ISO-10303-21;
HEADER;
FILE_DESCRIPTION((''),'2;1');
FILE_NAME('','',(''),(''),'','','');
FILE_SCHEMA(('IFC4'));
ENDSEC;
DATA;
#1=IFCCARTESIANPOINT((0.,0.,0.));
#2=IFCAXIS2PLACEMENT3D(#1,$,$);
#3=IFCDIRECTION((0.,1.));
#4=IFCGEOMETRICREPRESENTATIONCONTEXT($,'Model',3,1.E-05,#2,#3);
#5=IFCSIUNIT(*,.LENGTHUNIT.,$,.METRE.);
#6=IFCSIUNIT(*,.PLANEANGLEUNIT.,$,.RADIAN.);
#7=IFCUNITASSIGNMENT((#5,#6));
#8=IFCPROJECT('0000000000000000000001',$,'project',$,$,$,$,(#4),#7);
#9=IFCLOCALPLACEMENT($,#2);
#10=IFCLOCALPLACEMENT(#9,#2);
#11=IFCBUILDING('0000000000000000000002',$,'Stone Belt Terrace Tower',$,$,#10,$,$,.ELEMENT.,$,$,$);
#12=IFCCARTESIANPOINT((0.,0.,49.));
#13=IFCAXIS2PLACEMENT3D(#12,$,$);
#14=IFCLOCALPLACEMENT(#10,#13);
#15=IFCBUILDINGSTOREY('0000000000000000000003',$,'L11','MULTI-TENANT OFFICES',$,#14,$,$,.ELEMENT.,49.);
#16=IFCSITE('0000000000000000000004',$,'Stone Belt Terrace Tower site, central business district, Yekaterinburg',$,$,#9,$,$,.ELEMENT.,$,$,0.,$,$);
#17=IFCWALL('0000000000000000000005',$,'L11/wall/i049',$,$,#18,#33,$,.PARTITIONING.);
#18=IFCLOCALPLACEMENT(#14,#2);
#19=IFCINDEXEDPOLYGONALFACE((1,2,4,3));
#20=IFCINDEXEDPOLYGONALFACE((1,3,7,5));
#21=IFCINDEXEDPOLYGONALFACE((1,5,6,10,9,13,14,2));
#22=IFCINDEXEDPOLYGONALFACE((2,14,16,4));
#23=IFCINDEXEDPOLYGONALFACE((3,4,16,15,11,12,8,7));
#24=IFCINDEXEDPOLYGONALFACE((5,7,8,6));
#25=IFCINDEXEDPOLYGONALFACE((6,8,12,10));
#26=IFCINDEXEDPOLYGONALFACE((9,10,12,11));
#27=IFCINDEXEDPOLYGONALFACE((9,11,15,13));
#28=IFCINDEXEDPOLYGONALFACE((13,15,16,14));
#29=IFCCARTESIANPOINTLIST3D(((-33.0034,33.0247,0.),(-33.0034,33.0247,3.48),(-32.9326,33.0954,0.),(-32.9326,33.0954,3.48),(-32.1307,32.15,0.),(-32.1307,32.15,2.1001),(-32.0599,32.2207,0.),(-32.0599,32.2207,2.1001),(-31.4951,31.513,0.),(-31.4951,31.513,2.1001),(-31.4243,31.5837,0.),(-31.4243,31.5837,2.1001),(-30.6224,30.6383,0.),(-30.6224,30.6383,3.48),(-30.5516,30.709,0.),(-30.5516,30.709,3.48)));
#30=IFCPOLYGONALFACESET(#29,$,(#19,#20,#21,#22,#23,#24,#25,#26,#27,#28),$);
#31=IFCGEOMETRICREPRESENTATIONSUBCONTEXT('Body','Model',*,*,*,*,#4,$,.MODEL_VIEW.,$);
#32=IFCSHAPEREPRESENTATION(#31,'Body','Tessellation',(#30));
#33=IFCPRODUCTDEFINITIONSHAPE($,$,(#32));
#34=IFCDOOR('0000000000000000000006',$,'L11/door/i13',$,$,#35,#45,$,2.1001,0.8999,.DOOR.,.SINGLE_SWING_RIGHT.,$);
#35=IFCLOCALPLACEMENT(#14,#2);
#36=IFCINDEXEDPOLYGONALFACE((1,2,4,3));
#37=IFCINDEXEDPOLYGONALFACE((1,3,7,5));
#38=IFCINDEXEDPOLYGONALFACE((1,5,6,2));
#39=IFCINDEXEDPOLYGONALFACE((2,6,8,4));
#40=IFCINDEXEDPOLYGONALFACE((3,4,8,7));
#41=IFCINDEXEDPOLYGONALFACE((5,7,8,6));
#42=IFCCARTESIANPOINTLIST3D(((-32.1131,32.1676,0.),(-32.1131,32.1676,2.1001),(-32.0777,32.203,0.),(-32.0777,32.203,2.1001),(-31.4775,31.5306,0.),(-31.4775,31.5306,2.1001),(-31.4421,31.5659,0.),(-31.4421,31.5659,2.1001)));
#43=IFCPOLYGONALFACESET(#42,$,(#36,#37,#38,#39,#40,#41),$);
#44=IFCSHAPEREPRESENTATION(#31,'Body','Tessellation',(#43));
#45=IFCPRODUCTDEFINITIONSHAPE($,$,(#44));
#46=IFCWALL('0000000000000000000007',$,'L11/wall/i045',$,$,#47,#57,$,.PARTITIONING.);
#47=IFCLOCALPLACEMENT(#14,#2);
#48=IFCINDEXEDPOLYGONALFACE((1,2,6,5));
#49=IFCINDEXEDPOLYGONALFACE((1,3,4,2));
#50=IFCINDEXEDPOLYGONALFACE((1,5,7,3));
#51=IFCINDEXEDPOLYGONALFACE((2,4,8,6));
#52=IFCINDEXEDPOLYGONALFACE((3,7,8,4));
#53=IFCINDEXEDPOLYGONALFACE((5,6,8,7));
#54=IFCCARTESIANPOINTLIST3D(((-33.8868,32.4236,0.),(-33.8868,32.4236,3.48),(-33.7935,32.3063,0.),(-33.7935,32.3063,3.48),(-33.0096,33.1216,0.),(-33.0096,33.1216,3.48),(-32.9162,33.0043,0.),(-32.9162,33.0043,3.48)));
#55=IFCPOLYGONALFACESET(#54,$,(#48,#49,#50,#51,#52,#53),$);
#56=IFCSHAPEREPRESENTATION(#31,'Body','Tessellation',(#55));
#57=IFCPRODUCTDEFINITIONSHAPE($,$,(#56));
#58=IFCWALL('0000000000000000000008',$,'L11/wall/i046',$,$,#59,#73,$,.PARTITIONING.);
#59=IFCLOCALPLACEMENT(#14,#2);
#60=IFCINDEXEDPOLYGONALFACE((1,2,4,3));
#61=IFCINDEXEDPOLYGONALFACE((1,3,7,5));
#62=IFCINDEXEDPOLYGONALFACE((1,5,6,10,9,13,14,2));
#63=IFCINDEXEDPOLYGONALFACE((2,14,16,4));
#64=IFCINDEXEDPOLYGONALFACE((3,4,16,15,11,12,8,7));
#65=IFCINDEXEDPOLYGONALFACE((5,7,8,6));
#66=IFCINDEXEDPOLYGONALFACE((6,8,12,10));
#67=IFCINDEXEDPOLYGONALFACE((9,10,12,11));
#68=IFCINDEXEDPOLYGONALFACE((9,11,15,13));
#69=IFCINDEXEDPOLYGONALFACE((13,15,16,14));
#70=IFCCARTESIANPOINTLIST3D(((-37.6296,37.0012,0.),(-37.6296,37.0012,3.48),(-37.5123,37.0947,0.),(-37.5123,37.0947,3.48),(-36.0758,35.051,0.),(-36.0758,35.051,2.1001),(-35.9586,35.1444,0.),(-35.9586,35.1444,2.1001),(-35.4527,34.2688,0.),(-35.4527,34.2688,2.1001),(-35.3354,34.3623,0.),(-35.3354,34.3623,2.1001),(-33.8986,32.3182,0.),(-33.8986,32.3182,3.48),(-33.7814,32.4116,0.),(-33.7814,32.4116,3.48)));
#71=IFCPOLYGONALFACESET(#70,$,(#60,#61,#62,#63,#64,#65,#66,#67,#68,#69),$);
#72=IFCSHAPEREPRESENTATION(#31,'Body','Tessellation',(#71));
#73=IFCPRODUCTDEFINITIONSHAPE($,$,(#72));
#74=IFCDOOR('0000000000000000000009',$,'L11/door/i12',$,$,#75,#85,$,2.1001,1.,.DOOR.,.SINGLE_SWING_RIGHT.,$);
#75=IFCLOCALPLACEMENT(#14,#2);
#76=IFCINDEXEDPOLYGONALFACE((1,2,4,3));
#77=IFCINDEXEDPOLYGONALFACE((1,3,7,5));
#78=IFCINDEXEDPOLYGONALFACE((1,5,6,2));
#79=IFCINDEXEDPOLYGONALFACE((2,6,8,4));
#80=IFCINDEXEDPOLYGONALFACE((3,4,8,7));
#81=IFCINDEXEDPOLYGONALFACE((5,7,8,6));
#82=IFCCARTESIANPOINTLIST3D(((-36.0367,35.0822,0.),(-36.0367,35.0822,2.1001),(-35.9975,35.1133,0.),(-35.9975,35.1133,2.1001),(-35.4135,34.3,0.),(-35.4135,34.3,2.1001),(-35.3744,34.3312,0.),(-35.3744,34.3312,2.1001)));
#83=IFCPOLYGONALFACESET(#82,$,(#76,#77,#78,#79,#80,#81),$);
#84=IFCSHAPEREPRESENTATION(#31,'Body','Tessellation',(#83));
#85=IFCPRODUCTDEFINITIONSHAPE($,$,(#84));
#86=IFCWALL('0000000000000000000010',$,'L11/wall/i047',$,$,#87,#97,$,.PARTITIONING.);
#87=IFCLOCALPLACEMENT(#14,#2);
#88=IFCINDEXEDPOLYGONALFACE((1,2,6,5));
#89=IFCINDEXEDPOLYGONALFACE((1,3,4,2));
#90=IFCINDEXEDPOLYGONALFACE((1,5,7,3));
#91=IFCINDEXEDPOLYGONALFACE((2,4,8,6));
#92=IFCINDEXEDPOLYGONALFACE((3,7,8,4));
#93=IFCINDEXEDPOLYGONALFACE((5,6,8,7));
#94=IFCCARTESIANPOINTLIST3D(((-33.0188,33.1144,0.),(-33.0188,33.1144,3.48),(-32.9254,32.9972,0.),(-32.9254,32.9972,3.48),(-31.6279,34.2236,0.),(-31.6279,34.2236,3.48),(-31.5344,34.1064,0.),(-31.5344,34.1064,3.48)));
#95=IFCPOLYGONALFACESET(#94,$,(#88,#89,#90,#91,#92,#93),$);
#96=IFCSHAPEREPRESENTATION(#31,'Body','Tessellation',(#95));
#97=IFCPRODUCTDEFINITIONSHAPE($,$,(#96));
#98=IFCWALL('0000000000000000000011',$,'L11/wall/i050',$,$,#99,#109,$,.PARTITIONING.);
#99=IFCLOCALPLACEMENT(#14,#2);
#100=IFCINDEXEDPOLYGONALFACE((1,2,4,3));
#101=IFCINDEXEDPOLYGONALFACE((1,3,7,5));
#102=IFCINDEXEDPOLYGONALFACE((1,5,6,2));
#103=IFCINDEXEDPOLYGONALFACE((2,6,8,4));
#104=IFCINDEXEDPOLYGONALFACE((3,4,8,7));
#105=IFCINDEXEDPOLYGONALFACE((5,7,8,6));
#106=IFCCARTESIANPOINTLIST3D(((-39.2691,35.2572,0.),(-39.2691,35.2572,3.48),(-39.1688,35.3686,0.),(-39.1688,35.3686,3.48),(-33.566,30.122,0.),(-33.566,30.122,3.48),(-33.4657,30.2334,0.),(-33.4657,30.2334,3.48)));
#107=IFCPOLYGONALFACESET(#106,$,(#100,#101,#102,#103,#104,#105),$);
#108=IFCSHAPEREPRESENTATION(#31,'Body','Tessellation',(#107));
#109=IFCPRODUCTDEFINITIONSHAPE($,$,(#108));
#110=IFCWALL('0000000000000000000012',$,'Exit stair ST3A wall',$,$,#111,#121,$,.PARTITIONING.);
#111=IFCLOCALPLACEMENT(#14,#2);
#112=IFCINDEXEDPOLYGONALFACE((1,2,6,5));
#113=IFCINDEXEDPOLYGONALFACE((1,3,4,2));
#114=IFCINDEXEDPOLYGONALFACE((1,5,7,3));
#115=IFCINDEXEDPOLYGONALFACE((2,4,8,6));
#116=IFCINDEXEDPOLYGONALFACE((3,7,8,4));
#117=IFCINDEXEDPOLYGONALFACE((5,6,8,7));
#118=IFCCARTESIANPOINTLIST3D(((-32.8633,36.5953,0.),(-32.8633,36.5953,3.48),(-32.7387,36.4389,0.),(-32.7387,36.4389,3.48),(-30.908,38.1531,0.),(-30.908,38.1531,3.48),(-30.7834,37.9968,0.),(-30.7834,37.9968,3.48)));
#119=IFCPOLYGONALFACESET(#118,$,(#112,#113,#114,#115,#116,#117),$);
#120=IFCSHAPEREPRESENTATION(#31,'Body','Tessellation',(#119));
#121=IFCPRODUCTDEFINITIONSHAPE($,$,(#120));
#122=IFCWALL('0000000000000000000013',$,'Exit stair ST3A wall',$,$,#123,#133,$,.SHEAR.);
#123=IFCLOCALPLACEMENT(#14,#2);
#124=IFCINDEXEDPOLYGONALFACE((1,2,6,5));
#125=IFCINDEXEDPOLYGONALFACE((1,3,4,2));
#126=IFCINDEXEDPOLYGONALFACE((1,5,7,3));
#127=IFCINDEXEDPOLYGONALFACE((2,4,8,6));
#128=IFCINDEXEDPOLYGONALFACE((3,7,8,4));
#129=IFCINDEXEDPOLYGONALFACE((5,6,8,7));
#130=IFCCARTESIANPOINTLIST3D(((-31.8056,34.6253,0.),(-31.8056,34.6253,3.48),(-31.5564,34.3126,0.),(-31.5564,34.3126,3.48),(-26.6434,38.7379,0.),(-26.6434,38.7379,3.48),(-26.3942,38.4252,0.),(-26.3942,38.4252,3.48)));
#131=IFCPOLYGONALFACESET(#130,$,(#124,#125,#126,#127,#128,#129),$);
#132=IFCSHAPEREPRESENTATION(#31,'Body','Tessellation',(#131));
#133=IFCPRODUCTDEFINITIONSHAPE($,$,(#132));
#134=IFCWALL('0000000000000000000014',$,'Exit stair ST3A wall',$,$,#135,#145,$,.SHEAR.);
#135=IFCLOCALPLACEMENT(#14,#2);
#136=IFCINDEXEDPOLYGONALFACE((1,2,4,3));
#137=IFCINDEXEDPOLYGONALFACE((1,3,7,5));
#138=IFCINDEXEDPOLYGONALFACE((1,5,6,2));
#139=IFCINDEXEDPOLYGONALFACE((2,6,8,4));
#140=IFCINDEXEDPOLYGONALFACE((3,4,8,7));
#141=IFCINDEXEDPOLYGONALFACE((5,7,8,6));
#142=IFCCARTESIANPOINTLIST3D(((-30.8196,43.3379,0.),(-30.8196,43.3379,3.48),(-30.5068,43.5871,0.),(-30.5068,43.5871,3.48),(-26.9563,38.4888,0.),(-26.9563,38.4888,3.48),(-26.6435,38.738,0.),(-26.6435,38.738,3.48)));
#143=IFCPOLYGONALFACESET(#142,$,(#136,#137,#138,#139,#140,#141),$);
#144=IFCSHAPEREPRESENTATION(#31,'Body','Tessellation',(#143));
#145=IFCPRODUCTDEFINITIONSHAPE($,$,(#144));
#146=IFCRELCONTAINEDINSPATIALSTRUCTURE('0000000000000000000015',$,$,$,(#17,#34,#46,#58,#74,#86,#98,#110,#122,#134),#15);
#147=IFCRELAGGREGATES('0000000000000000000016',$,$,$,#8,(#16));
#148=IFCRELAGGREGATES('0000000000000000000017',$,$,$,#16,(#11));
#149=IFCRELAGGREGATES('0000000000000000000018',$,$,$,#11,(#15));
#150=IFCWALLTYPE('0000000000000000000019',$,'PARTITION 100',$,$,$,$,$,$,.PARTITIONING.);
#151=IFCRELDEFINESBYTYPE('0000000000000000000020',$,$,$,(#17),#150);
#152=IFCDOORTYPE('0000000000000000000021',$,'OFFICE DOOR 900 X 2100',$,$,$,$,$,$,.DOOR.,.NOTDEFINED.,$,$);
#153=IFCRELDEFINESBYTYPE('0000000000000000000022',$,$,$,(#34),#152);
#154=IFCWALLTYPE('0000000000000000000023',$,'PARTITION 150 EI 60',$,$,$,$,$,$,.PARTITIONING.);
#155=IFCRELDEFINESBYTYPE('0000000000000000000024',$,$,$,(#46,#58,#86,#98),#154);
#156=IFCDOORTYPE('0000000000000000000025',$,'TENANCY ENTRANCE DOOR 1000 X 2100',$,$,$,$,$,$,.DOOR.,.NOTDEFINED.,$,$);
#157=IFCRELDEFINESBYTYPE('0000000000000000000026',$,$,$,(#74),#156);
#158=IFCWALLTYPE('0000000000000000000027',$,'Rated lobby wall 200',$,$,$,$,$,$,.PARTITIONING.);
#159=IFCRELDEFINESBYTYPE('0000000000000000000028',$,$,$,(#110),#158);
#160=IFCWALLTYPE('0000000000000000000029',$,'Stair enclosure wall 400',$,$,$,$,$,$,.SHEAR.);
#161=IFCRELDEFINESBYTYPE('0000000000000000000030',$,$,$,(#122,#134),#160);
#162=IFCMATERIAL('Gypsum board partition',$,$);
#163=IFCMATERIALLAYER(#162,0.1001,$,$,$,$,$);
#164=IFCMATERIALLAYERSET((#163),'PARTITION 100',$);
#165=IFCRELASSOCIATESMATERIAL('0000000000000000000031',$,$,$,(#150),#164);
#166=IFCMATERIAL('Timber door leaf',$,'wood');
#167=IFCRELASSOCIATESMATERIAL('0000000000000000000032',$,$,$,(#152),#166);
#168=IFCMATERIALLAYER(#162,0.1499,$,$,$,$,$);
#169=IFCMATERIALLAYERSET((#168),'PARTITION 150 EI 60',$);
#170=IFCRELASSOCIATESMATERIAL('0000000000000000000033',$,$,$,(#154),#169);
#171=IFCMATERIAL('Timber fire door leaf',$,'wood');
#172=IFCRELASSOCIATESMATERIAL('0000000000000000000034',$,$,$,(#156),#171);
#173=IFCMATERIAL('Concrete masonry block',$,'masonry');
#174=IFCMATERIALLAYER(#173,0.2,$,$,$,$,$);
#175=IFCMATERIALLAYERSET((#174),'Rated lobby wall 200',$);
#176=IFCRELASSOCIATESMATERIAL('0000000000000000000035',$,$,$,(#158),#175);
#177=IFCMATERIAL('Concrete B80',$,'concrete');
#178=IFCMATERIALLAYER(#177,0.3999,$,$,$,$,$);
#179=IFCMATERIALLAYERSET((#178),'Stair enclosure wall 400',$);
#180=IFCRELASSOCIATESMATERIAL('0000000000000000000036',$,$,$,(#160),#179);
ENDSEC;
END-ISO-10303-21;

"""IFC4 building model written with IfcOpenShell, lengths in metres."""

from ifc_helpers import new_model, si_unit, direction, frame, frame_2d, origin, place, context, subcontext, project, spatial, rectangle, extrude, material, layer, layer_set, type_object, element, fill, save


model = new_model("IFC4")

# Units and contexts
model_context = context("Model", 3, precision=1e-05, world=origin(), true_north=direction((0.0, 1.0)))
body_context = subcontext(model_context, "Body", "Model", "MODEL_VIEW")
ifc_project = project(units=[si_unit("LENGTHUNIT", "METRE"), si_unit("PLANEANGLEUNIT", "RADIAN")], contexts=[model_context])

# Site, building, storey
site_placement = place(None, origin())
site = spatial("IfcSite", under=ifc_project, at=site_placement, Name="Stone Belt Terrace Tower site, central business district, Yekaterinburg", CompositionType="ELEMENT", RefElevation=0.0)
building_placement = place(site_placement, origin())
building = spatial("IfcBuilding", under=site, at=building_placement, Name="Stone Belt Terrace Tower", CompositionType="ELEMENT")
storey_placement = place(building_placement, frame((0.0, 0.0, 49.0)))
storey = spatial("IfcBuildingStorey", under=building, at=storey_placement, Name="L11", Description="MULTI-TENANT OFFICES", CompositionType="ELEMENT", Elevation=49.0)

# Shared definitions
ifc_material_1 = material(Name="Concrete B80", Category="concrete")

# Wall, opening, door
ifc_material_2 = material(Name="Gypsum board partition")
ifc_layer_1 = layer(ifc_material_2, 0.1001)
ifc_layer_set_1 = layer_set([ifc_layer_1], Name="PARTITION 100")
wall_type_1 = type_object("IfcWallType", Name="PARTITION 100", PredefinedType="PARTITIONING", material=ifc_layer_set_1)
wall_1_placement = place(storey_placement, frame((-32.968, 33.0601, 0.0), z_axis=(0.0, 0.0, 1.0), x_axis=(0.70631, -0.707903, 0.0)))
wall_1 = element("IfcWall", 1, at=wall_1_placement, inside=storey, type_object=wall_type_1, Name="L11/wall/i049", PredefinedType="PARTITIONING", context=body_context, shape_type="SweptSolid", body=[
    extrude(rectangle(XDim=3.3711, YDim=0.1001, at=frame_2d((1.6855, 0.0))), origin(), (0.0, 0.0, 1.0), 3.48),
])
opening_1_placement = place(wall_1_placement, frame((1.2356, 0.0, 0.0)))
opening_1 = element("IfcOpeningElement", 2, at=opening_1_placement, cuts=wall_1, PredefinedType="OPENING", context=body_context, shape_type="SweptSolid", body=[
    extrude(rectangle(XDim=0.8999, YDim=2.1001, at=frame_2d((0.45, 1.05))), frame((0.0, 0.0601, 0.0), z_axis=(0.0, -1.0, 0.0), x_axis=(1.0, 0.0, 0.0)), (0.0, 0.0, 1.0), 0.1201),
])
ifc_material_3 = material(Name="Timber door leaf", Category="wood")
door_type_1 = type_object("IfcDoorType", Name="OFFICE DOOR 900 X 2100", OperationType="NOTDEFINED", PredefinedType="DOOR", material=ifc_material_3)
door_1_placement = place(opening_1_placement, origin())
door_1 = element("IfcDoor", 3, at=door_1_placement, inside=storey, type_object=door_type_1, Name="L11/door/i13", OperationType="SINGLE_SWING_RIGHT", OverallHeight=2.1001, OverallWidth=0.8999, PredefinedType="DOOR", context=body_context, shape_type="SweptSolid", body=[
    extrude(rectangle(XDim=0.8999, YDim=2.1001, at=frame_2d((0.45, 1.05))), frame((0.0, 0.0249, 0.0), z_axis=(0.0, -1.0, 0.0), x_axis=(1.0, 0.0, 0.0)), (0.0, 0.0, 1.0), 0.05),
])
fill(opening_1, door_1)

# Wall
ifc_layer_2 = layer(ifc_material_2, 0.1499)
ifc_layer_set_2 = layer_set([ifc_layer_2], Name="PARTITION 150 EI 60")
wall_type_2 = type_object("IfcWallType", Name="PARTITION 150 EI 60", PredefinedType="PARTITIONING", material=ifc_layer_set_2)
wall_2_placement = place(storey_placement, frame((-32.9629, 33.063, 0.0), z_axis=(0.0, 0.0, 1.0), x_axis=(-0.782502, -0.622648, 0.0)))
element("IfcWall", 4, at=wall_2_placement, inside=storey, type_object=wall_type_2, Name="L11/wall/i045", PredefinedType="PARTITIONING", context=body_context, shape_type="SweptSolid", body=[
    extrude(rectangle(XDim=1.1211, YDim=0.1499, at=frame_2d((0.5605, 0.0))), origin(), (0.0, 0.0, 1.0), 3.48),
])

# Wall, opening, door
wall_3_placement = place(storey_placement, frame((-33.8401, 32.365, 0.0), z_axis=(0.0, 0.0, 1.0), x_axis=(-0.623113, 0.782132, 0.0)))
wall_3 = element("IfcWall", 5, at=wall_3_placement, inside=storey, type_object=wall_type_2, Name="L11/wall/i046", PredefinedType="PARTITIONING", context=body_context, shape_type="SweptSolid", body=[
    extrude(rectangle(XDim=5.9875, YDim=0.1499, at=frame_2d((2.9937, 0.0))), origin(), (0.0, 0.0, 1.0), 3.48),
])
opening_2_placement = place(wall_3_placement, frame((2.4939, 0.0, 0.0)))
opening_2 = element("IfcOpeningElement", 6, at=opening_2_placement, cuts=wall_3, PredefinedType="OPENING", context=body_context, shape_type="SweptSolid", body=[
    extrude(rectangle(XDim=1.0, YDim=2.1001, at=frame_2d((0.5, 1.05))), frame((0.0, 0.085, 0.0), z_axis=(0.0, -1.0, 0.0), x_axis=(1.0, 0.0, 0.0)), (0.0, 0.0, 1.0), 0.1699),
])
ifc_material_4 = material(Name="Timber fire door leaf", Category="wood")
door_type_2 = type_object("IfcDoorType", Name="TENANCY ENTRANCE DOOR 1000 X 2100", OperationType="NOTDEFINED", PredefinedType="DOOR", material=ifc_material_4)
door_2_placement = place(opening_2_placement, origin())
door_2 = element("IfcDoor", 7, at=door_2_placement, inside=storey, type_object=door_type_2, Name="L11/door/i12", OperationType="SINGLE_SWING_RIGHT", OverallHeight=2.1001, OverallWidth=1.0, PredefinedType="DOOR", context=body_context, shape_type="SweptSolid", body=[
    extrude(rectangle(XDim=1.0, YDim=2.1001, at=frame_2d((0.5, 1.05))), frame((0.0, 0.0249, 0.0), z_axis=(0.0, -1.0, 0.0), x_axis=(1.0, 0.0, 0.0)), (0.0, 0.0, 1.0), 0.05),
])
fill(opening_2, door_2)

# Walls
wall_4_placement = place(storey_placement, frame((-31.5811, 34.165, 0.0), z_axis=(0.0, 0.0, 1.0), x_axis=(-0.781845, -0.623473, 0.0)))
element("IfcWall", 8, at=wall_4_placement, inside=storey, type_object=wall_type_2, Name="L11/wall/i047", PredefinedType="PARTITIONING", context=body_context, shape_type="SweptSolid", body=[
    extrude(rectangle(XDim=1.7791, YDim=0.1499, at=frame_2d((0.8896, 0.0))), origin(), (0.0, 0.0, 1.0), 3.48),
])
wall_5_placement = place(storey_placement, frame((-33.5159, 30.1777, 0.0), z_axis=(0.0, 0.0, 1.0), x_axis=(-0.743136, 0.66914, 0.0)))
element("IfcWall", 9, at=wall_5_placement, inside=storey, type_object=wall_type_2, Name="L11/wall/i050", PredefinedType="PARTITIONING", context=body_context, shape_type="SweptSolid", body=[
    extrude(rectangle(XDim=7.6743, YDim=0.1499, at=frame_2d((3.8372, 0.0))), origin(), (0.0, 0.0, 1.0), 3.48),
])
ifc_material_5 = material(Name="Concrete masonry block", Category="masonry")
ifc_layer_3 = layer(ifc_material_5, 0.2)
ifc_layer_set_3 = layer_set([ifc_layer_3], Name="Rated lobby wall 200")
wall_type_3 = type_object("IfcWallType", Name="Rated lobby wall 200", PredefinedType="PARTITIONING", material=ifc_layer_set_3)
wall_6_placement = place(storey_placement, frame((-30.8457, 38.075, 0.0), z_axis=(0.0, 0.0, 1.0), x_axis=(-0.782115, -0.623134, 0.0)))
element("IfcWall", 10, at=wall_6_placement, inside=storey, type_object=wall_type_3, Name="Exit stair ST3A wall", PredefinedType="PARTITIONING", context=body_context, shape_type="SweptSolid", body=[
    extrude(rectangle(XDim=2.5, YDim=0.2, at=frame_2d((1.25, 0.0))), origin(), (0.0, 0.0, 1.0), 3.48),
])
ifc_layer_4 = layer(ifc_material_1, 0.3999)
ifc_layer_set_4 = layer_set([ifc_layer_4], Name="Stair enclosure wall 400")
wall_type_4 = type_object("IfcWallType", Name="Stair enclosure wall 400", PredefinedType="SHEAR", material=ifc_layer_set_4)
wall_7_placement = place(storey_placement, frame((-26.5188, 38.5815, 0.0), z_axis=(0.0, 0.0, 1.0), x_axis=(-0.782134, -0.62311, 0.0)))
element("IfcWall", 11, at=wall_7_placement, inside=storey, type_object=wall_type_4, Name="Exit stair ST3A wall", PredefinedType="SHEAR", context=body_context, shape_type="SweptSolid", body=[
    extrude(rectangle(XDim=6.6001, YDim=0.3999, at=frame_2d((3.3, 0.0))), origin(), (0.0, 0.0, 1.0), 3.48),
])
wall_8_placement = place(storey_placement, frame((-26.7998, 38.6133, 0.0), z_axis=(0.0, 0.0, 1.0), x_axis=(-0.623119, 0.782127, 0.0)))
element("IfcWall", 12, at=wall_8_placement, inside=storey, type_object=wall_type_4, Name="Exit stair ST3A wall", PredefinedType="SHEAR", context=body_context, shape_type="SweptSolid", body=[
    extrude(rectangle(XDim=6.2, YDim=0.3999, at=frame_2d((3.1001, 0.0))), origin(), (0.0, 0.0, 1.0), 3.48),
])

save(model, "model.ifc")
